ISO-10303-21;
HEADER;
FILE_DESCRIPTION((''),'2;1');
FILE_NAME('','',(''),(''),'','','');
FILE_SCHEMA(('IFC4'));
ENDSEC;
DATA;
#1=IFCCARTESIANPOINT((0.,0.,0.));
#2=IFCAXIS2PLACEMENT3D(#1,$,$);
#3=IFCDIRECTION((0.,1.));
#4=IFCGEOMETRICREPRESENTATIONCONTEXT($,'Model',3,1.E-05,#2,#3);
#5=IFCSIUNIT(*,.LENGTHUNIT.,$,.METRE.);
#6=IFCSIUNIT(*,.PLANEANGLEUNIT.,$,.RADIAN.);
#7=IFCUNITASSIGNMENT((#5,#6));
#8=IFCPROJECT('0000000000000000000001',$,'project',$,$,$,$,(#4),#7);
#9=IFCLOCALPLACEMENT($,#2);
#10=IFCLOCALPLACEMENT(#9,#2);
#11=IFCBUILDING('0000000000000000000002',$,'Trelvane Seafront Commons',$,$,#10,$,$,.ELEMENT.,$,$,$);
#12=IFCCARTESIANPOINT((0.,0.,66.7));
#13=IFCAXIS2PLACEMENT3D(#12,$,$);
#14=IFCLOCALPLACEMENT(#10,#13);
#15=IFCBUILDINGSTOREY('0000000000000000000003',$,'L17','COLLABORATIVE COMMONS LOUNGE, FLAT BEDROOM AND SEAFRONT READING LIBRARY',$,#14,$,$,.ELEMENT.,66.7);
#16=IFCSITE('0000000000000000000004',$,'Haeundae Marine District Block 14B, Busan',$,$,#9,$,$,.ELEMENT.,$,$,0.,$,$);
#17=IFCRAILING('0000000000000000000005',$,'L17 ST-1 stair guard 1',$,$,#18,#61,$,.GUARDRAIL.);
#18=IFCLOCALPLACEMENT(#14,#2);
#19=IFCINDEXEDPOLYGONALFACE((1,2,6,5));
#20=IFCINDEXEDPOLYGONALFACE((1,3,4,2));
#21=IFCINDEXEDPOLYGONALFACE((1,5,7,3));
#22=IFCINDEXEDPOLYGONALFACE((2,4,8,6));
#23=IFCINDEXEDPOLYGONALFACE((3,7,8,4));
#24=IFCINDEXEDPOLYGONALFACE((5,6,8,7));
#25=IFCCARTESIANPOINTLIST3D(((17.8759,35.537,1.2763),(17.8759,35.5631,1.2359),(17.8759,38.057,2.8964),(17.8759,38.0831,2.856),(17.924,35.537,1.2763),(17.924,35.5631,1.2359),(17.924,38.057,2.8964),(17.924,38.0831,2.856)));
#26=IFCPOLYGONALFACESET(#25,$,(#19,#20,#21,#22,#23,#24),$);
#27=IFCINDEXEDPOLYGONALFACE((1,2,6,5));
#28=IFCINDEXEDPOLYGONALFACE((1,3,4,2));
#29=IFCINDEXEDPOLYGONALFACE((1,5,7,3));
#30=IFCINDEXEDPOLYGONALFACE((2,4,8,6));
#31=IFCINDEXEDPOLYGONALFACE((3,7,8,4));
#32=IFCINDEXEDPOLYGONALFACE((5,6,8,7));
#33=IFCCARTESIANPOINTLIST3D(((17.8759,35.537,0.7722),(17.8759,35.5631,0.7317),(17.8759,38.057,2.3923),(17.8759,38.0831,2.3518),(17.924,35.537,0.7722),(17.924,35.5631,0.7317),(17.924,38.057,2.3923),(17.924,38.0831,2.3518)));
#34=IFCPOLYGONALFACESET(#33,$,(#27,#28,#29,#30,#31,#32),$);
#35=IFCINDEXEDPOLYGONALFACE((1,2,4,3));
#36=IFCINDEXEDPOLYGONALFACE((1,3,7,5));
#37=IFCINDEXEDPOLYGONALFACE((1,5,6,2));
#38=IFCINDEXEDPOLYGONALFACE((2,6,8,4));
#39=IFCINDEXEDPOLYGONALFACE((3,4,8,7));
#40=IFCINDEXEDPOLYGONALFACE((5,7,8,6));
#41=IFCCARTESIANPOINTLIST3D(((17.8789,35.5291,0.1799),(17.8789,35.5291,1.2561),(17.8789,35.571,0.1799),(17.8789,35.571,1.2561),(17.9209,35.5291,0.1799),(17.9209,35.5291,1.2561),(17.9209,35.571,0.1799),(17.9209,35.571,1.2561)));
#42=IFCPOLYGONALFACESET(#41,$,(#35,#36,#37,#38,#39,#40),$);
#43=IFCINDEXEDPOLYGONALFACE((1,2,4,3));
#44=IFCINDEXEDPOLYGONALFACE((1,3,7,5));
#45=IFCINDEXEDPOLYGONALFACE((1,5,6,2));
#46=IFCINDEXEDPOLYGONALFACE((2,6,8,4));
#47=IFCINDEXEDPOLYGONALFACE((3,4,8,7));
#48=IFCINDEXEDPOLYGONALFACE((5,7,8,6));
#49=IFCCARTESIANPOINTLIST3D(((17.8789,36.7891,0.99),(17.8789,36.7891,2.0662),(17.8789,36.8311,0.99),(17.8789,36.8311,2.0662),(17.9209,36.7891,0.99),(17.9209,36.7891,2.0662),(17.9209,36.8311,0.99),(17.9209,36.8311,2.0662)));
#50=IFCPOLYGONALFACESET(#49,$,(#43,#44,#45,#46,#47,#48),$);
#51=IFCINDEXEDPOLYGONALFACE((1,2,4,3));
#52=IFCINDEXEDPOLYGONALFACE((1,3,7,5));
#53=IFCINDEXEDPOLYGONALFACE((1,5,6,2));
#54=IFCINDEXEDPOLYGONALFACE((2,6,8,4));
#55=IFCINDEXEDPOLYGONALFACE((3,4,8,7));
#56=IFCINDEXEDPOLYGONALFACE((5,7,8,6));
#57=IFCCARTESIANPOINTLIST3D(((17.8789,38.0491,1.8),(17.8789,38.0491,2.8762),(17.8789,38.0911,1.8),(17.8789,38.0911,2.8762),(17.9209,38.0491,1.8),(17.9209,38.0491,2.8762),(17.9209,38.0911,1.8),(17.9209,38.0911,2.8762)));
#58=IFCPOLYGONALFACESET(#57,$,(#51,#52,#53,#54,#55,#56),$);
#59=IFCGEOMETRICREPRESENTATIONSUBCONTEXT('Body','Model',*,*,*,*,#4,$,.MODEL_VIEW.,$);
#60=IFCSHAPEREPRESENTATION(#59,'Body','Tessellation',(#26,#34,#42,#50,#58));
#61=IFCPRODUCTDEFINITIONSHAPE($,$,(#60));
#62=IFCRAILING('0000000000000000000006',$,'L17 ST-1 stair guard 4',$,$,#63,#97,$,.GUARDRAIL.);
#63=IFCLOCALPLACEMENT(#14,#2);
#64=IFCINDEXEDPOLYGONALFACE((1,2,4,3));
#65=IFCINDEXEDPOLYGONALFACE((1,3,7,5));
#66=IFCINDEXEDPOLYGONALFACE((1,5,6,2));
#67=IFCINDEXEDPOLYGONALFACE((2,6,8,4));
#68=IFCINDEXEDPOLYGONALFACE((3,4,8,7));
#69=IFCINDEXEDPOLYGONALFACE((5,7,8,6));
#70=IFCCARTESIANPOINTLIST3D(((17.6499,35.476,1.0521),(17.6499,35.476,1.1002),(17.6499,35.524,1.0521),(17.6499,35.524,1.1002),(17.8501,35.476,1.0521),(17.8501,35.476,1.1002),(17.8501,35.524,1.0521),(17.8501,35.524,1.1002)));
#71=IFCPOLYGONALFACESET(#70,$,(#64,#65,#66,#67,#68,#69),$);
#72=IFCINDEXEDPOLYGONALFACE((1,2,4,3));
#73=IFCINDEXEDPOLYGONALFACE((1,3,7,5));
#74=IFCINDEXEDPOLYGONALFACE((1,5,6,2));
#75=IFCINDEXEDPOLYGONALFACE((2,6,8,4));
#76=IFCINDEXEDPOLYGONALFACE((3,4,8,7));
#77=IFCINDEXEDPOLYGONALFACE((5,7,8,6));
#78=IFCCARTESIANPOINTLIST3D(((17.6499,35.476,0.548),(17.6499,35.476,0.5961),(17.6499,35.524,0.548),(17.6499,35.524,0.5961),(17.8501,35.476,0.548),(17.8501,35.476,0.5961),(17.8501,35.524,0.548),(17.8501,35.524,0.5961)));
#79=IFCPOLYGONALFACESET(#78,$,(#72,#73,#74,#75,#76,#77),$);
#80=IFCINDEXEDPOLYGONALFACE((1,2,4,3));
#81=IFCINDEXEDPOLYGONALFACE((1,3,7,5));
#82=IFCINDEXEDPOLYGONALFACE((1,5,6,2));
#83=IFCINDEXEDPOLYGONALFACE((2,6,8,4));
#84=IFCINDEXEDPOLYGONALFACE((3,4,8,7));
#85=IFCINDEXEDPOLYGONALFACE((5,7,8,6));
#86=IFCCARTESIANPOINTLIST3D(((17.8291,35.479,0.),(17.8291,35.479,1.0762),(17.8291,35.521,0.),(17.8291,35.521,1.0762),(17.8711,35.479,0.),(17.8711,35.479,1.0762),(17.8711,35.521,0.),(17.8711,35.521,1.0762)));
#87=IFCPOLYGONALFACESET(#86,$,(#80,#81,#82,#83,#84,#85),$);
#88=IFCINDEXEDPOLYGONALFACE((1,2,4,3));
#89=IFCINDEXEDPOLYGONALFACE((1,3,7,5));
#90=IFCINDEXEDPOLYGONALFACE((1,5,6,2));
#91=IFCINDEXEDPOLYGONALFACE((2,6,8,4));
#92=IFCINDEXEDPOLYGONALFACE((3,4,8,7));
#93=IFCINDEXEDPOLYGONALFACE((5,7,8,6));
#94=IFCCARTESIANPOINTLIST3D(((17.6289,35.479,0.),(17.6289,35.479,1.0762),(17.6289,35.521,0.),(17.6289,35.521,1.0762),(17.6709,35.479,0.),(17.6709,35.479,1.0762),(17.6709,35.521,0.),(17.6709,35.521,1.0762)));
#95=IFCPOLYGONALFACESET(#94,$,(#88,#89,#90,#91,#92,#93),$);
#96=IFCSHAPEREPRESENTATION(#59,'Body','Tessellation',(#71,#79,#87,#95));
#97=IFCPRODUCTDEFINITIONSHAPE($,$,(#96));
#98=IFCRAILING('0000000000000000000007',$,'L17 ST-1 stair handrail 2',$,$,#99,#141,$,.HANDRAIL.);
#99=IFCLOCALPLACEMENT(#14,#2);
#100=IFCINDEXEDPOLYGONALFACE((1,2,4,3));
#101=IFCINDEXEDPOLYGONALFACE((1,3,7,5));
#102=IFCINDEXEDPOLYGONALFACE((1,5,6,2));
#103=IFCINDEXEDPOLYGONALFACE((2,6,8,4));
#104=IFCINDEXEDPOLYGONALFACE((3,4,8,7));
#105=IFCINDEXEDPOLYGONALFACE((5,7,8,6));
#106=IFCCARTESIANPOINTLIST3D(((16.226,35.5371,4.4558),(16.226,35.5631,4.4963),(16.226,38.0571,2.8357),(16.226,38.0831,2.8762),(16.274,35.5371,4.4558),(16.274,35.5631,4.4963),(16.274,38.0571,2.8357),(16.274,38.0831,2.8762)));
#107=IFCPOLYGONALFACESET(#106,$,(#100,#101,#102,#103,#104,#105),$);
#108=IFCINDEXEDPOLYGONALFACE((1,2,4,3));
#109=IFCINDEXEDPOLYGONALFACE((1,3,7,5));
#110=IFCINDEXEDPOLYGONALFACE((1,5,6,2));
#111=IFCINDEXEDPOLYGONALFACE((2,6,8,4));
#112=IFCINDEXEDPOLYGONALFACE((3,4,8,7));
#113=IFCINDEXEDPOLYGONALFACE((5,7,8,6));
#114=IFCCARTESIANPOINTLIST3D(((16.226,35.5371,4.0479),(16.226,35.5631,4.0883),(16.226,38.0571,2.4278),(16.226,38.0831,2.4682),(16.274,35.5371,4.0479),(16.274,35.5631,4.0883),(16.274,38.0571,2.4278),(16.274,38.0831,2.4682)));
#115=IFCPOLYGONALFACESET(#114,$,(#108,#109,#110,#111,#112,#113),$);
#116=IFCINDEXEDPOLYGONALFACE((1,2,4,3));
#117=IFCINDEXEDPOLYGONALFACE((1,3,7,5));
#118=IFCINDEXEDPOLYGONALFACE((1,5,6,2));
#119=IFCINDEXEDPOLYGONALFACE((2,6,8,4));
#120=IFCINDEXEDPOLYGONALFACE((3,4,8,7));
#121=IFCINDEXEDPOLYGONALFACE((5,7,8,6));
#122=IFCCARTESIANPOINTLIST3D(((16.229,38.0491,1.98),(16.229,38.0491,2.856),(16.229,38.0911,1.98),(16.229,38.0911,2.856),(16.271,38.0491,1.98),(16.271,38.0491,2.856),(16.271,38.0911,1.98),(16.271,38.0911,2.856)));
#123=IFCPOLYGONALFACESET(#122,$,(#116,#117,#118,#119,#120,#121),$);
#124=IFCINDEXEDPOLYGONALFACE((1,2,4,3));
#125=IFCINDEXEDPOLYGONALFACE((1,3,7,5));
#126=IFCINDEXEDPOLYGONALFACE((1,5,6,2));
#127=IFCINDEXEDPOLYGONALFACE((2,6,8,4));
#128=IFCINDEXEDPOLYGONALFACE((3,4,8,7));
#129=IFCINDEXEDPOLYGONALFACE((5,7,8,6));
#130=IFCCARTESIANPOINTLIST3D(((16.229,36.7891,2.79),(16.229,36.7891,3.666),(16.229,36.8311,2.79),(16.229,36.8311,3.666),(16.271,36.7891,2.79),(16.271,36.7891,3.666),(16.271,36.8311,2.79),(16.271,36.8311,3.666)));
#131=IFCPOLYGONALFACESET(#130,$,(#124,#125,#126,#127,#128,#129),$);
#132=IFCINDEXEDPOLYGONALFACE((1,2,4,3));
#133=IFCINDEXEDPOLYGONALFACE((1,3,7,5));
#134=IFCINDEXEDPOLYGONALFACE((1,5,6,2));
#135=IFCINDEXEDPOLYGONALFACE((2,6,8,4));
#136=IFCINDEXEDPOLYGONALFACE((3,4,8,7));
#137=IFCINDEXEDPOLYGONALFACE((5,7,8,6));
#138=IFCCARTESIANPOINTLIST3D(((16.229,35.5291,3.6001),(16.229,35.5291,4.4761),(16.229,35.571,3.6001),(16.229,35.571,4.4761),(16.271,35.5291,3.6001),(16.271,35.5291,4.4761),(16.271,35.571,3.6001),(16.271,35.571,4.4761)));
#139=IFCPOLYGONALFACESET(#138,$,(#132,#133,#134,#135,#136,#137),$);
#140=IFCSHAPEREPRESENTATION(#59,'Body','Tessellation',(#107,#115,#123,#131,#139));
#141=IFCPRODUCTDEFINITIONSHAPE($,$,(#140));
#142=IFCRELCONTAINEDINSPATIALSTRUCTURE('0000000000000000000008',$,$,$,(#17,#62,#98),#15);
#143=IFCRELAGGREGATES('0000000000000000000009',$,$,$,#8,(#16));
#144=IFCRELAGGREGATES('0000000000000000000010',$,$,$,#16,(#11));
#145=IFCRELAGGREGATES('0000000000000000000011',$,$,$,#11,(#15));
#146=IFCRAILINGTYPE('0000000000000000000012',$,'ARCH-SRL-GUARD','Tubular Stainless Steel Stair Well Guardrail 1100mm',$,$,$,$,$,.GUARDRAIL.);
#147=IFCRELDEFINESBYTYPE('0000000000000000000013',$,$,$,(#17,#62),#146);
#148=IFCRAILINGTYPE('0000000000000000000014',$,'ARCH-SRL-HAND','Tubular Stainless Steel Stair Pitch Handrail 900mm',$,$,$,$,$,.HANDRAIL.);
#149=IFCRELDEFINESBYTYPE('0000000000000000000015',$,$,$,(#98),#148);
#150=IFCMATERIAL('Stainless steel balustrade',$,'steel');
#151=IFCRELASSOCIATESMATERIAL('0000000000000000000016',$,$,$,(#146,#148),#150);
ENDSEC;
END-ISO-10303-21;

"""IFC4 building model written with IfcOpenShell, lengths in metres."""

from ifc_helpers import new_model, si_unit, direction, frame, origin, origin_2d, place, context, subcontext, project, spatial, rectangle, extrude, material, type_object, element, save


model = new_model("IFC4")

# Units and contexts
model_context = context("Model", 3, precision=1e-05, world=origin(), true_north=direction((0.0, 1.0)))
body_context = subcontext(model_context, "Body", "Model", "MODEL_VIEW")
ifc_project = project(units=[si_unit("LENGTHUNIT", "METRE"), si_unit("PLANEANGLEUNIT", "RADIAN")], contexts=[model_context])

# Site, building, storey
site_placement = place(None, origin())
site = spatial("IfcSite", under=ifc_project, at=site_placement, Name="Haeundae Marine District Block 14B, Busan", CompositionType="ELEMENT", RefElevation=0.0)
building_placement = place(site_placement, origin())
building = spatial("IfcBuilding", under=site, at=building_placement, Name="Trelvane Seafront Commons", CompositionType="ELEMENT")
storey_placement = place(building_placement, frame((0.0, 0.0, 66.7)))
storey = spatial("IfcBuildingStorey", under=building, at=storey_placement, Name="L17", Description="COLLABORATIVE COMMONS LOUNGE, FLAT BEDROOM AND SEAFRONT READING LIBRARY", CompositionType="ELEMENT", Elevation=66.7)

# Railings
ifc_material_1 = material(Name="Stainless steel balustrade", Category="steel")
railing_type_1 = type_object("IfcRailingType", Name="ARCH-SRL-GUARD", Description="Tubular Stainless Steel Stair Well Guardrail 1100mm", PredefinedType="GUARDRAIL", material=ifc_material_1)
railing_1_placement = place(storey_placement, frame((17.8999, 35.55, 0.1799)))
element("IfcRailing", 1, at=railing_1_placement, inside=storey, type_object=railing_type_1, Name="L17 ST-1 stair guard 1", PredefinedType="GUARDRAIL", context=body_context, shape_type="SweptSolid", body=[
    extrude(rectangle(XDim=0.0481, YDim=0.0481, at=origin_2d()), frame((0.0, 0.0, 1.0762), z_axis=(0.0, 0.841163, 0.540782), x_axis=(-1.0, 0.0, 0.0)), (0.0, 0.0, 1.0), 2.9958),
    extrude(rectangle(XDim=0.0481, YDim=0.0481, at=origin_2d()), frame((0.0, 0.0, 0.572), z_axis=(0.0, 0.841163, 0.540782), x_axis=(-1.0, 0.0, 0.0)), (0.0, 0.0, 1.0), 2.9958),
    extrude(rectangle(XDim=0.042, YDim=0.042, at=origin_2d()), origin(), (0.0, 0.0, 1.0), 1.0762),
    extrude(rectangle(XDim=0.042, YDim=0.042, at=origin_2d()), frame((0.0, 1.26, 0.8101)), (0.0, 0.0, 1.0), 1.0762),
    extrude(rectangle(XDim=0.042, YDim=0.042, at=origin_2d()), frame((0.0, 2.52, 1.6201)), (0.0, 0.0, 1.0), 1.0762),
])
railing_2_placement = place(storey_placement, frame((17.8501, 35.5, 0.0)))
element("IfcRailing", 2, at=railing_2_placement, inside=storey, type_object=railing_type_1, Name="L17 ST-1 stair guard 4", PredefinedType="GUARDRAIL", context=body_context, shape_type="SweptSolid", body=[
    extrude(rectangle(XDim=0.0481, YDim=0.0481, at=origin_2d()), frame((0.0, 0.0, 1.0762), z_axis=(-1.0, 0.0, 0.0), x_axis=(0.0, -1.0, 0.0)), (0.0, 0.0, 1.0), 0.2002),
    extrude(rectangle(XDim=0.0481, YDim=0.0481, at=origin_2d()), frame((0.0, 0.0, 0.572), z_axis=(-1.0, 0.0, 0.0), x_axis=(0.0, -1.0, 0.0)), (0.0, 0.0, 1.0), 0.2002),
    extrude(rectangle(XDim=0.042, YDim=0.042, at=origin_2d()), origin(), (0.0, 0.0, 1.0), 1.0762),
    extrude(rectangle(XDim=0.042, YDim=0.042, at=origin_2d()), frame((-0.2002, 0.0, 0.0)), (0.0, 0.0, 1.0), 1.0762),
])
railing_type_2 = type_object("IfcRailingType", Name="ARCH-SRL-HAND", Description="Tubular Stainless Steel Stair Pitch Handrail 900mm", PredefinedType="HANDRAIL", material=ifc_material_1)
railing_3_placement = place(storey_placement, frame((16.25, 38.0701, 1.98)))
element("IfcRailing", 3, at=railing_3_placement, inside=storey, type_object=railing_type_2, Name="L17 ST-1 stair handrail 2", PredefinedType="HANDRAIL", context=body_context, shape_type="SweptSolid", body=[
    extrude(rectangle(XDim=0.0481, YDim=0.0481, at=origin_2d()), frame((0.0, 0.0, 0.876), z_axis=(0.0, -0.841163, 0.540782), x_axis=(1.0, 0.0, 0.0)), (0.0, 0.0, 1.0), 2.9958),
    extrude(rectangle(XDim=0.0481, YDim=0.0481, at=origin_2d()), frame((0.0, 0.0, 0.468), z_axis=(0.0, -0.841163, 0.540782), x_axis=(1.0, 0.0, 0.0)), (0.0, 0.0, 1.0), 2.9958),
    extrude(rectangle(XDim=0.042, YDim=0.042, at=origin_2d()), origin(), (0.0, 0.0, 1.0), 0.876),
    extrude(rectangle(XDim=0.042, YDim=0.042, at=origin_2d()), frame((0.0, -1.26, 0.8101)), (0.0, 0.0, 1.0), 0.876),
    extrude(rectangle(XDim=0.042, YDim=0.042, at=origin_2d()), frame((0.0, -2.52, 1.6201)), (0.0, 0.0, 1.0), 0.876),
])

save(model, "model.ifc")
